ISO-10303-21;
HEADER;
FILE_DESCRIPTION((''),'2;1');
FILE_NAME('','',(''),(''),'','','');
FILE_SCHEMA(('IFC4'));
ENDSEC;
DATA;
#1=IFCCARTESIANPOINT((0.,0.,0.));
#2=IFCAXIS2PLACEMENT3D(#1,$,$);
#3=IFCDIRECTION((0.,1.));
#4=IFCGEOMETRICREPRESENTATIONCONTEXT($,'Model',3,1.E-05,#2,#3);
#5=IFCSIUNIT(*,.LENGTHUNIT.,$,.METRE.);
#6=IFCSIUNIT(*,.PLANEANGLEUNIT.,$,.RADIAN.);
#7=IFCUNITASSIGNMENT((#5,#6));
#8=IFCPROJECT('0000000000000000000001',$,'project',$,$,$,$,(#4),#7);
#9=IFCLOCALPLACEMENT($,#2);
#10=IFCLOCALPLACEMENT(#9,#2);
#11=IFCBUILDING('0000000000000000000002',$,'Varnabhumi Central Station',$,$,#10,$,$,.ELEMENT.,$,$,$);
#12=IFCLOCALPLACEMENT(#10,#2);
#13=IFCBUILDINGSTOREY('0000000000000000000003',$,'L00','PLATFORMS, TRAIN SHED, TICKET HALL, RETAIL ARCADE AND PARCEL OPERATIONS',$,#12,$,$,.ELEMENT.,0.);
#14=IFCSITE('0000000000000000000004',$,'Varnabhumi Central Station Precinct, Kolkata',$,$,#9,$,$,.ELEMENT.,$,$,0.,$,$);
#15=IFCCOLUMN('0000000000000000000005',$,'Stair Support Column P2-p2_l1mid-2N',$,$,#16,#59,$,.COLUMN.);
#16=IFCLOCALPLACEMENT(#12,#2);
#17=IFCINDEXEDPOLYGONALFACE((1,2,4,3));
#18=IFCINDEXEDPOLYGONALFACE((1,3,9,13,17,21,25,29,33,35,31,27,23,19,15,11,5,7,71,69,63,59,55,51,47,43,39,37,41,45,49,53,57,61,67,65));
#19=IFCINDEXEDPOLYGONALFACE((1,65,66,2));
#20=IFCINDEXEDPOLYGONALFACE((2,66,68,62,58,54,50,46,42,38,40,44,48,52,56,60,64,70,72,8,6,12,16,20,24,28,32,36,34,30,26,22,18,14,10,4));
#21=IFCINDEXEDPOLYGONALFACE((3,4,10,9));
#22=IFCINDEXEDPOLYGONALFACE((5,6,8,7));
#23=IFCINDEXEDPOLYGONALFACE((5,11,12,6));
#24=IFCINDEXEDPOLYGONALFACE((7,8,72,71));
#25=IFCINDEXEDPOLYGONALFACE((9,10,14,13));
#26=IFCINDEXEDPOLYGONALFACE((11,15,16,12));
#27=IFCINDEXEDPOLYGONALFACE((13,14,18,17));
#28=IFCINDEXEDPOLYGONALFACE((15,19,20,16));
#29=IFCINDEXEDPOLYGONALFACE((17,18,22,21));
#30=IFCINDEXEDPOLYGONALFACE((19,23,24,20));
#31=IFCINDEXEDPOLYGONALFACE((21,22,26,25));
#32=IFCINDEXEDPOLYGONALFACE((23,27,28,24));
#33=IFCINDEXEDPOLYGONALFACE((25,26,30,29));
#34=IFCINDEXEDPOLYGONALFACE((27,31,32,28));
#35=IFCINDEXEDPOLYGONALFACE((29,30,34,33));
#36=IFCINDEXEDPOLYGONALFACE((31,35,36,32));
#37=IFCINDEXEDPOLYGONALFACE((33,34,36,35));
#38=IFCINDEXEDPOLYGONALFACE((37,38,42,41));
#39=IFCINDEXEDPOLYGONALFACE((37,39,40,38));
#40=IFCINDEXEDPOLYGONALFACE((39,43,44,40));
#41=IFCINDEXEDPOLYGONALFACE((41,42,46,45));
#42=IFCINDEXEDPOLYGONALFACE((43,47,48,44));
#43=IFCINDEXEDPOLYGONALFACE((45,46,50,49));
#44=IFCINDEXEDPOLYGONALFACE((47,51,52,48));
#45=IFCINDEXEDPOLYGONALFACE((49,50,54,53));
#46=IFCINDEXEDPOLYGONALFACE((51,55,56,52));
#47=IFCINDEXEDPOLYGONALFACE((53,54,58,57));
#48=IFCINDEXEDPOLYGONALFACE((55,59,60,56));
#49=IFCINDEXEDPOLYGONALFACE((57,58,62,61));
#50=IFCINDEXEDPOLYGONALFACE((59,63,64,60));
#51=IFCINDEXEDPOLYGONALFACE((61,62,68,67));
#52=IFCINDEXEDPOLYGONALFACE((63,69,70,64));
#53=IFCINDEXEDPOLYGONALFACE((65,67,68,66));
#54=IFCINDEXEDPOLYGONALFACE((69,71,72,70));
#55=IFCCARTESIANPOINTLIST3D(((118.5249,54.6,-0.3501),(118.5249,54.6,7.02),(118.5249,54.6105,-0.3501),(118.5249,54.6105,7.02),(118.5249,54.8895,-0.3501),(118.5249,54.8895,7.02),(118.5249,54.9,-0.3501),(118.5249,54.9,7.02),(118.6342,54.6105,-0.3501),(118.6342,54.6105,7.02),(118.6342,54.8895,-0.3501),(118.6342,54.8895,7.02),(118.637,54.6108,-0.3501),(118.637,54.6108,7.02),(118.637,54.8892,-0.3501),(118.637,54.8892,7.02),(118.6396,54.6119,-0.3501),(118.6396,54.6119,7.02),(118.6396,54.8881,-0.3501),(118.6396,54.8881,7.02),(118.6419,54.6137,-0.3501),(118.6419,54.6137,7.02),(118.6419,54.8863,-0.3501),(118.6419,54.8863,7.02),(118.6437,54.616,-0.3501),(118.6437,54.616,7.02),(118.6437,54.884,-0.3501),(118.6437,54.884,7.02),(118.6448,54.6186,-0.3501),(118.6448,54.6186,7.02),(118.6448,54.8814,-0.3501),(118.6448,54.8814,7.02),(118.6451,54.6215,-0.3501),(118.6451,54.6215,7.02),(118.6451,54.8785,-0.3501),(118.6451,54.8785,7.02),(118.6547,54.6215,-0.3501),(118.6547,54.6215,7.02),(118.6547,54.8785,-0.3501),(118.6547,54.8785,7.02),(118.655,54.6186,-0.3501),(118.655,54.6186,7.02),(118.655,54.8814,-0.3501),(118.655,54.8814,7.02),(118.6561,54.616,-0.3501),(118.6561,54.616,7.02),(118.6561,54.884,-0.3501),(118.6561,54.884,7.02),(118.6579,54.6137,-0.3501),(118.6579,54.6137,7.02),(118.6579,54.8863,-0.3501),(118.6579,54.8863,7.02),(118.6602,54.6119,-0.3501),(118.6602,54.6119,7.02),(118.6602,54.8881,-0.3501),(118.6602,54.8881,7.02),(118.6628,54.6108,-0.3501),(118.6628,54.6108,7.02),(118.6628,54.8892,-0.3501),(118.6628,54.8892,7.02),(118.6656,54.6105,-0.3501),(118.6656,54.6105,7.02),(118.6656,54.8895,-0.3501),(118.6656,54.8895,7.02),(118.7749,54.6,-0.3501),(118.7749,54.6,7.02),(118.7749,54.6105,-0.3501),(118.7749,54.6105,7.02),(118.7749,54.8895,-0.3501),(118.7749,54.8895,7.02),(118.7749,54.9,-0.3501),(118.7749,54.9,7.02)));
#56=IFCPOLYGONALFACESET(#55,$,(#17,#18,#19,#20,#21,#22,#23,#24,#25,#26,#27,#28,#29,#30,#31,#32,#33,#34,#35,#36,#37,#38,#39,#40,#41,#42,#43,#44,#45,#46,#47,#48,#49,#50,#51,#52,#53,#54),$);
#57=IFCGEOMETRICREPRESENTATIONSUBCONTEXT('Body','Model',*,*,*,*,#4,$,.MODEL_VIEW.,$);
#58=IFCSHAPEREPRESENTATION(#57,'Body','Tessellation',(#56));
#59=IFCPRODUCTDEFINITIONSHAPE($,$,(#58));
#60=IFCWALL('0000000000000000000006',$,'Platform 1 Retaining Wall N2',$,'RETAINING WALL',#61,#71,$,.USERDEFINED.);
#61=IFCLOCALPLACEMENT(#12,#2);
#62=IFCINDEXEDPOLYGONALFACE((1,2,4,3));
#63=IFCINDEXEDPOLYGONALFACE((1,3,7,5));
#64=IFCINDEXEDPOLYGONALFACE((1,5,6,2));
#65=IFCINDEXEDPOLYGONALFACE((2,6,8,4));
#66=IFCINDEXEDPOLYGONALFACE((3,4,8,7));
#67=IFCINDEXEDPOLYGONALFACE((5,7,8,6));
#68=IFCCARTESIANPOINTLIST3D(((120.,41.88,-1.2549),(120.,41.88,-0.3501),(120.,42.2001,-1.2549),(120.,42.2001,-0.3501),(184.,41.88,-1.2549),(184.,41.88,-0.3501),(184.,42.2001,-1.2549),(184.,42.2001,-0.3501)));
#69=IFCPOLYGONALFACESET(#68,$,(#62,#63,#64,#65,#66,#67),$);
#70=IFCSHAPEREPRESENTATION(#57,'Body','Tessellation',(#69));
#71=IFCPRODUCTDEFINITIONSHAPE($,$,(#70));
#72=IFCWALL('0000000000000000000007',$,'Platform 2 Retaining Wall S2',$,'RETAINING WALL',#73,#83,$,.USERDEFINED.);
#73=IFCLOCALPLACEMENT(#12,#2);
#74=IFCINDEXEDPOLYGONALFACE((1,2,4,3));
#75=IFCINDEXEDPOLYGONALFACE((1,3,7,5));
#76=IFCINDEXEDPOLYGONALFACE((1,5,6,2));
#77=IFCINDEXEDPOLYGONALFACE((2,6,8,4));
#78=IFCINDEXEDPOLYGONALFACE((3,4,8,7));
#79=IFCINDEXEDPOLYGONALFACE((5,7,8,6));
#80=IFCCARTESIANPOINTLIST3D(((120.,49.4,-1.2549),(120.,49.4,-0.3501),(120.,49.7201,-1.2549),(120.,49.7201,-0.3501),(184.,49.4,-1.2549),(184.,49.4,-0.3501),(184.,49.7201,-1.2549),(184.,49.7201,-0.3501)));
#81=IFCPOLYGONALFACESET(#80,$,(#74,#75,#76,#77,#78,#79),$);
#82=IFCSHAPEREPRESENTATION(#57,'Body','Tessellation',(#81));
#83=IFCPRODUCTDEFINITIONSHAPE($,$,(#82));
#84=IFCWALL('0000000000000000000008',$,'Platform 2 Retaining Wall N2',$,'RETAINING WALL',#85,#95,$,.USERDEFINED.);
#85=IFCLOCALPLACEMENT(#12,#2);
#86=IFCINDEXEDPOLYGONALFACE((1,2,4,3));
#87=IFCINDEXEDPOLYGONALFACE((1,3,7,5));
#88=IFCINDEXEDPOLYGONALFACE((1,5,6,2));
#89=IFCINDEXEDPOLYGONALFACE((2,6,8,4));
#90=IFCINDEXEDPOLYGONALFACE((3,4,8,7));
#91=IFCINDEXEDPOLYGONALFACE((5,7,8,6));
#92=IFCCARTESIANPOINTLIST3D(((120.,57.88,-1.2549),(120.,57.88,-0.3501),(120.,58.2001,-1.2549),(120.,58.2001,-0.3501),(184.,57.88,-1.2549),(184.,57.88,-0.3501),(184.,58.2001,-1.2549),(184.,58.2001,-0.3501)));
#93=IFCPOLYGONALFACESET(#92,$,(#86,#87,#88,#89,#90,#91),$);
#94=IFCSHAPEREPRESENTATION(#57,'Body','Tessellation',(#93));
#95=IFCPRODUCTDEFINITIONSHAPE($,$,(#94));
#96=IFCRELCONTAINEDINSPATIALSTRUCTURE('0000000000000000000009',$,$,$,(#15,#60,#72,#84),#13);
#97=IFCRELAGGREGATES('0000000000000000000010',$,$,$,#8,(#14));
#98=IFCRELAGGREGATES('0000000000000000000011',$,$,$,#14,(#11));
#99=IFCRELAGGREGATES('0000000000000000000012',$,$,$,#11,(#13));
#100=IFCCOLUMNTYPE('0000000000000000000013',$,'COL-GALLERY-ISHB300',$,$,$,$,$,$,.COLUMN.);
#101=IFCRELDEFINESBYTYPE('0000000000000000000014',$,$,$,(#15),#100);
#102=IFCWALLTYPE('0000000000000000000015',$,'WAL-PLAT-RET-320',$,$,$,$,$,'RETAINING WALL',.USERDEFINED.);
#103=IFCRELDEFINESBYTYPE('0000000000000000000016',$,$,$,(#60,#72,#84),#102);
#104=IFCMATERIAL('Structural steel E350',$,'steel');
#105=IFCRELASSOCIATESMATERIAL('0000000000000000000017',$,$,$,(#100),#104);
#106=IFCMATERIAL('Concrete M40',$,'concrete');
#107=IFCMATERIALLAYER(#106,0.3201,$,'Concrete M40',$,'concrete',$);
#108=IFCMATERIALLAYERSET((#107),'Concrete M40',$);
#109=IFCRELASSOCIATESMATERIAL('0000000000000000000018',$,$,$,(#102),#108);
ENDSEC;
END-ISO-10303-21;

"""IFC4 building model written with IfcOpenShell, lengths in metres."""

from ifc_helpers import new_model, si_unit, direction, frame, frame_2d, origin, origin_2d, place, context, subcontext, project, spatial, rectangle, i_section, extrude, material, layer, layer_set, material_profile, profile_set, type_object, element, save


model = new_model("IFC4")

# Units and contexts
model_context = context("Model", 3, precision=1e-05, world=origin(), true_north=direction((0.0, 1.0)))
body_context = subcontext(model_context, "Body", "Model", "MODEL_VIEW")
ifc_project = project(units=[si_unit("LENGTHUNIT", "METRE"), si_unit("PLANEANGLEUNIT", "RADIAN")], contexts=[model_context])

# Site, building, storey
site_placement = place(None, origin())
site = spatial("IfcSite", under=ifc_project, at=site_placement, Name="Varnabhumi Central Station Precinct, Kolkata", CompositionType="ELEMENT", RefElevation=0.0)
building_placement = place(site_placement, origin())
building = spatial("IfcBuilding", under=site, at=building_placement, Name="Varnabhumi Central Station", CompositionType="ELEMENT")
storey_placement = place(building_placement, origin())
storey = spatial("IfcBuildingStorey", under=building, at=storey_placement, Name="L00", Description="PLATFORMS, TRAIN SHED, TICKET HALL, RETAIL ARCADE AND PARCEL OPERATIONS", CompositionType="ELEMENT", Elevation=0.0)

# Shared definitions
ifc_material_1 = material(Name="Concrete M40", Category="concrete")

# Column
ifc_material_2 = material(Name="Structural steel E350", Category="steel")
ifc_material_profile_1 = material_profile(ifc_material_2, i_section(OverallWidth=0.25, OverallDepth=0.3, WebThickness=0.0095, FlangeThickness=0.0105, FilletRadius=0.011, at=origin_2d()), Name="Structural steel E350", Category="steel")
ifc_profile_set_1 = profile_set([ifc_material_profile_1], Name="Structural steel E350")
column_type = type_object("IfcColumnType", Name="COL-GALLERY-ISHB300", PredefinedType="COLUMN", material=ifc_profile_set_1)
for number, where, z_axis, x_axis, name in (
    (1, (118.6499, 54.75, -0.3501), (0.0, 0.0, 1.0), (1.0, 0.0, 0.0), "Stair Support Column P2-p2_l1mid-2N"),
):
    element("IfcColumn", number, at=place(storey_placement, frame(where, z_axis=z_axis, x_axis=x_axis)), inside=storey, type_object=column_type, Name=name, PredefinedType="COLUMN", context=body_context, shape_type="SweptSolid", body=[
        extrude(i_section(OverallWidth=0.25, OverallDepth=0.3, WebThickness=0.0095, FlangeThickness=0.0105, FilletRadius=0.011, at=origin_2d()), origin(), (0.0, 0.0, 1.0), 7.3701),
    ])

# Walls
ifc_layer = layer(ifc_material_1, 0.3201, Name="Concrete M40", Category="concrete")
ifc_layer_set = layer_set([ifc_layer], Name="Concrete M40")
wall_type = type_object("IfcWallType", Name="WAL-PLAT-RET-320", ElementType="RETAINING WALL", PredefinedType="USERDEFINED", material=ifc_layer_set)
for number, where, z_axis, x_axis, name in (
    (2, (120.0, 42.04, -1.2549), (0.0, 0.0, 1.0), (1.0, 0.0, 0.0), "Platform 1 Retaining Wall N2"),
    (3, (120.0, 49.5601, -1.2549), (0.0, 0.0, 1.0), (1.0, 0.0, 0.0), "Platform 2 Retaining Wall S2"),
    (4, (120.0, 58.04, -1.2549), (0.0, 0.0, 1.0), (1.0, 0.0, 0.0), "Platform 2 Retaining Wall N2"),
):
    element("IfcWall", number, at=place(storey_placement, frame(where, z_axis=z_axis, x_axis=x_axis)), inside=storey, type_object=wall_type, Name=name, ObjectType="RETAINING WALL", PredefinedType="USERDEFINED", context=body_context, shape_type="SweptSolid", body=[
        extrude(rectangle(XDim=64.0, YDim=0.3201, at=frame_2d((32.0, 0.0))), origin(), (0.0, 0.0, 1.0), 0.9048),
    ])

save(model, "model.ifc")
